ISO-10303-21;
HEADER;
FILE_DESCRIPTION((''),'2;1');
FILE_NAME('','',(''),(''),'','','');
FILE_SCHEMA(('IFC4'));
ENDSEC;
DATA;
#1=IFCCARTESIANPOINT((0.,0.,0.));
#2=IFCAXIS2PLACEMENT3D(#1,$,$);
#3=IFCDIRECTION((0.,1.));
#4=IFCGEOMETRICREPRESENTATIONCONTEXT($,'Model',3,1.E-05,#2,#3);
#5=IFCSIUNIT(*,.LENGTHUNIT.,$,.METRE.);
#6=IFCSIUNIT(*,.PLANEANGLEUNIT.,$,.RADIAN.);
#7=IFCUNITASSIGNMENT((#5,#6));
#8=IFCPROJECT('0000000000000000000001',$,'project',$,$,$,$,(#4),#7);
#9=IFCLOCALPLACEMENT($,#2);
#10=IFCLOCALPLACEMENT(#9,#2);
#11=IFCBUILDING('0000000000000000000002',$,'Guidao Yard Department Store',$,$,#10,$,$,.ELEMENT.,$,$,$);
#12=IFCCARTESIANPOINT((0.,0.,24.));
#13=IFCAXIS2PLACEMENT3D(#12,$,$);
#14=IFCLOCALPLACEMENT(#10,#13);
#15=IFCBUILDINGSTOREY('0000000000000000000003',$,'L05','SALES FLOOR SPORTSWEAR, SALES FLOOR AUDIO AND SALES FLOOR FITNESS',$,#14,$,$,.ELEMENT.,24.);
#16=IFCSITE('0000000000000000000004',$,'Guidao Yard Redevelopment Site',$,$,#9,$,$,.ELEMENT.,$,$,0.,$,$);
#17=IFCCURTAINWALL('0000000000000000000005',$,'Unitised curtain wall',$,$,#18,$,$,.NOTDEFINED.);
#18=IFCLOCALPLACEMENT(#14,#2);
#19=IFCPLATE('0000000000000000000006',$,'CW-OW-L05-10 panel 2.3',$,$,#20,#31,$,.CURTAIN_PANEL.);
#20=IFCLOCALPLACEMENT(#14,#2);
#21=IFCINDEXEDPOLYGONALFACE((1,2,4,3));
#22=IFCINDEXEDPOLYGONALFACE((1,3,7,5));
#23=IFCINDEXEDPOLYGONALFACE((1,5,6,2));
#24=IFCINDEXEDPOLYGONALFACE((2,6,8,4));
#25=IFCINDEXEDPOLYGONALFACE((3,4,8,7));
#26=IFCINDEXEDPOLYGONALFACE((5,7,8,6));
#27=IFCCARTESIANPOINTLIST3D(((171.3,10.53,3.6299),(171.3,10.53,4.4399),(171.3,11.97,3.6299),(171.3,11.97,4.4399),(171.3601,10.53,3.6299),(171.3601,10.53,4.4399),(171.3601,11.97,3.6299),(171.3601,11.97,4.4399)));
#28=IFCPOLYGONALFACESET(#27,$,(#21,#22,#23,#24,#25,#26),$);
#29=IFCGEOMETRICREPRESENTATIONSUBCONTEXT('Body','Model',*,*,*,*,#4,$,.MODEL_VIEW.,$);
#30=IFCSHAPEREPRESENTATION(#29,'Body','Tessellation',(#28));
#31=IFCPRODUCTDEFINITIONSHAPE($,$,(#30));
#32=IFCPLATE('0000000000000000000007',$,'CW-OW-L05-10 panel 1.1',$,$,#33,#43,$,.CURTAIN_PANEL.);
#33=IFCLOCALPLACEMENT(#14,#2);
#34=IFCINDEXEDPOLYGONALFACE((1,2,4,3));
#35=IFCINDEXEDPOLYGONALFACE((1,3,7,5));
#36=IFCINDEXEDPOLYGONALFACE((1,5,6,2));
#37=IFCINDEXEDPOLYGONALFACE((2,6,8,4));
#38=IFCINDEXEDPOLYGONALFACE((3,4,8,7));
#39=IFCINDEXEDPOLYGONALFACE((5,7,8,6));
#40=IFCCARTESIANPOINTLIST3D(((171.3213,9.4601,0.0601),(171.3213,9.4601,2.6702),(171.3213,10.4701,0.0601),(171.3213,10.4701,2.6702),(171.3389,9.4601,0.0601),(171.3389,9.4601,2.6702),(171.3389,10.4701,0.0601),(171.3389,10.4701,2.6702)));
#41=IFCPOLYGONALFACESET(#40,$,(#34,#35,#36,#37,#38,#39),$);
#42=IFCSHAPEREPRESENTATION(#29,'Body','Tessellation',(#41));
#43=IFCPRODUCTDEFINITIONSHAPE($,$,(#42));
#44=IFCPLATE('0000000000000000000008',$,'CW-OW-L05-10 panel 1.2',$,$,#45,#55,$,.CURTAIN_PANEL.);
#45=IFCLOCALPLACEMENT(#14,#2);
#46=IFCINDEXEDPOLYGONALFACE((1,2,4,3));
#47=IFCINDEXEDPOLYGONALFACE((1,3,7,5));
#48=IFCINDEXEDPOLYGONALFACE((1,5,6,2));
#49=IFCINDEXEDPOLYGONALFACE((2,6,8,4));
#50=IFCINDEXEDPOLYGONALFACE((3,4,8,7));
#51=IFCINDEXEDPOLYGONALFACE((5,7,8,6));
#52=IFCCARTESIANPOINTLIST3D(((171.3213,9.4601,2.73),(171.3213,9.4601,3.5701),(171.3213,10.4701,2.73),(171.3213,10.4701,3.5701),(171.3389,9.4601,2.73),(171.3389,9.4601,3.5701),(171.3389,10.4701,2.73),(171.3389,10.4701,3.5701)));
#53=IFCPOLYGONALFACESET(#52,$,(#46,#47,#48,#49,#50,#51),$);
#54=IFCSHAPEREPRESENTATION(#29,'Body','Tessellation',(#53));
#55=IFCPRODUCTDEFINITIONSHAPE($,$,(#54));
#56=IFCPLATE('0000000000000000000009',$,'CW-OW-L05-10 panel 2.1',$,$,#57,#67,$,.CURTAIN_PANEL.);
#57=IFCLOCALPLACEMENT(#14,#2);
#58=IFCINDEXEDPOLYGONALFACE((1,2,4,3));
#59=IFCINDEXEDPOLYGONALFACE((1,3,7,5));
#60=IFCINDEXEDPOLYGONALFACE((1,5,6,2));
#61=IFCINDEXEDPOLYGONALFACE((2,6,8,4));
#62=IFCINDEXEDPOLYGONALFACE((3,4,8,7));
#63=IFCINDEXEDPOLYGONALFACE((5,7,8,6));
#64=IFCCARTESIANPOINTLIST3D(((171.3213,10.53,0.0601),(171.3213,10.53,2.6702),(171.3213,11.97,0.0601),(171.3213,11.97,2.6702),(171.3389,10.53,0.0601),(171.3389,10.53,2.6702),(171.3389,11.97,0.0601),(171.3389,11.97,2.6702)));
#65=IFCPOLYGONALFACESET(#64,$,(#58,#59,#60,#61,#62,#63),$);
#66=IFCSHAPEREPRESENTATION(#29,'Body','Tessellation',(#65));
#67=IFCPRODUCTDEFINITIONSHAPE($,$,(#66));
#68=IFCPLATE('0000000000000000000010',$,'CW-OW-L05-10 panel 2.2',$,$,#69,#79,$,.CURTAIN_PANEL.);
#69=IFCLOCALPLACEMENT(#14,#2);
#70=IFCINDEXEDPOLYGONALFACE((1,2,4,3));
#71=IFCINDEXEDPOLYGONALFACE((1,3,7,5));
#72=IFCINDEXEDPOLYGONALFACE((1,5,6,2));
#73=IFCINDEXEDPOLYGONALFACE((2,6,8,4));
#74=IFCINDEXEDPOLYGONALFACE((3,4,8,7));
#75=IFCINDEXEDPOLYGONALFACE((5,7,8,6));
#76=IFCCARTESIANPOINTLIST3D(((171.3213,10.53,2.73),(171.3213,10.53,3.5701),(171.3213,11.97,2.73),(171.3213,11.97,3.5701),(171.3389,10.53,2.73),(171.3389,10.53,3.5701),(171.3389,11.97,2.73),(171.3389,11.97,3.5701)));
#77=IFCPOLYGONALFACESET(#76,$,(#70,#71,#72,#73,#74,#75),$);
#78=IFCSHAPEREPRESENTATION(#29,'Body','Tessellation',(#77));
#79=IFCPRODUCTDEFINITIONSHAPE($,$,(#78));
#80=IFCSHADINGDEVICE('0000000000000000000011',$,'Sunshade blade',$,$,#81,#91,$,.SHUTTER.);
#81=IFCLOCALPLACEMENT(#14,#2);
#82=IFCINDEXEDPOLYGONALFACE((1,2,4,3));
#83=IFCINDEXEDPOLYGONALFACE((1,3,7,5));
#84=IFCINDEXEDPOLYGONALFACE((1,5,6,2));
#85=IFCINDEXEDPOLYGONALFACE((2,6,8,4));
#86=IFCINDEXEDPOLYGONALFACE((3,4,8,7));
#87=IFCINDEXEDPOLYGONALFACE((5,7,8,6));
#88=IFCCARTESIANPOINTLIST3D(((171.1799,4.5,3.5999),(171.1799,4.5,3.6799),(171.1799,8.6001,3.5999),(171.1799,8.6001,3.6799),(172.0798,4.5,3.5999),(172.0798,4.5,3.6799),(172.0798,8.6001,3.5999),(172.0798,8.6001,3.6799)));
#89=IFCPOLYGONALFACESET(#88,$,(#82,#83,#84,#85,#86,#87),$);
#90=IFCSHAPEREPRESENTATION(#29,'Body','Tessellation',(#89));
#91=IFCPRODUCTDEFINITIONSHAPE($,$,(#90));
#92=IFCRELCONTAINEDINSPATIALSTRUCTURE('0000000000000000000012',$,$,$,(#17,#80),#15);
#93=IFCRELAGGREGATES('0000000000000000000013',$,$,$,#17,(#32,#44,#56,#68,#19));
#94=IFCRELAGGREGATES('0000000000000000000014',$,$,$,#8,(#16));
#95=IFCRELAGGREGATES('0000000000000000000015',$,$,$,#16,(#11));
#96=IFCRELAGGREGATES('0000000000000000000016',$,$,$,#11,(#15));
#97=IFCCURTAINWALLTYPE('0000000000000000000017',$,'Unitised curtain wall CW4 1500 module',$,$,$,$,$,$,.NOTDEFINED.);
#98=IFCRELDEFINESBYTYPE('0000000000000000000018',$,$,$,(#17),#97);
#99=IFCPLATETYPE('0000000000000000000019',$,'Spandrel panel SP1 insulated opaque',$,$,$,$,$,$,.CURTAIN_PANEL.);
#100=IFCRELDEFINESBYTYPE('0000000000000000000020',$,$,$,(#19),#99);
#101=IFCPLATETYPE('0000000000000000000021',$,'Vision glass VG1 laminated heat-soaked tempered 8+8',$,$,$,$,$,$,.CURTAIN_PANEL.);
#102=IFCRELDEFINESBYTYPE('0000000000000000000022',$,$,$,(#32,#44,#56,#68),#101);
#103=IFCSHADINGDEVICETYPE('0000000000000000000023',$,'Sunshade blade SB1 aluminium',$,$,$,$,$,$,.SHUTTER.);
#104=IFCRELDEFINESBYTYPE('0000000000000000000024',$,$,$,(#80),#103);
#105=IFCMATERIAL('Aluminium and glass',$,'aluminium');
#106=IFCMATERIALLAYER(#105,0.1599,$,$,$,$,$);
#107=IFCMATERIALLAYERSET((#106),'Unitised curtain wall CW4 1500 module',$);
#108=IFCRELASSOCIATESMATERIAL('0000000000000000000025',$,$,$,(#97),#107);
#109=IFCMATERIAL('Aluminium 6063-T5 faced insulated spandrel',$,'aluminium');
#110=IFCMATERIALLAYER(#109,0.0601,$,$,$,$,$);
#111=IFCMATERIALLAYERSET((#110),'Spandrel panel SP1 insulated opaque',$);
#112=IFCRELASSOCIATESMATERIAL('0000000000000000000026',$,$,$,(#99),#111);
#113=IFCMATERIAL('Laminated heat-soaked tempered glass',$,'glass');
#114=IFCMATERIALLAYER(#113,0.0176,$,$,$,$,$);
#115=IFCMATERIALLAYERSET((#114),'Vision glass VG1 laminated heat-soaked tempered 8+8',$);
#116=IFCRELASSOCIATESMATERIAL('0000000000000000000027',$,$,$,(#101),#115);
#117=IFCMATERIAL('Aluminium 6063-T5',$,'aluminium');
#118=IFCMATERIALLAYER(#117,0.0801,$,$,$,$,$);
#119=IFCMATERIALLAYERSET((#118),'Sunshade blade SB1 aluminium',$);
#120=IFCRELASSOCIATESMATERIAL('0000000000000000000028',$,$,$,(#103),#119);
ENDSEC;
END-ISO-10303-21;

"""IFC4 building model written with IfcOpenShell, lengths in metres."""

from ifc_helpers import new_model, si_unit, direction, frame, origin, origin_2d, place, context, subcontext, project, spatial, rectangle, extrude, material, layer, layer_set, type_object, element, aggregate, save


model = new_model("IFC4")

# Units and contexts
model_context = context("Model", 3, precision=1e-05, world=origin(), true_north=direction((0.0, 1.0)))
body_context = subcontext(model_context, "Body", "Model", "MODEL_VIEW")
ifc_project = project(units=[si_unit("LENGTHUNIT", "METRE"), si_unit("PLANEANGLEUNIT", "RADIAN")], contexts=[model_context])

# Site, building, storey
site_placement = place(None, origin())
site = spatial("IfcSite", under=ifc_project, at=site_placement, Name="Guidao Yard Redevelopment Site", CompositionType="ELEMENT", RefElevation=0.0)
building_placement = place(site_placement, origin())
building = spatial("IfcBuilding", under=site, at=building_placement, Name="Guidao Yard Department Store", CompositionType="ELEMENT")
storey_placement = place(building_placement, frame((0.0, 0.0, 24.0)))
storey = spatial("IfcBuildingStorey", under=building, at=storey_placement, Name="L05", Description="SALES FLOOR SPORTSWEAR, SALES FLOOR AUDIO AND SALES FLOOR FITNESS", CompositionType="ELEMENT", Elevation=24.0)

# Shared definitions
ifc_material_1 = material(Name="Aluminium and glass", Category="aluminium")
ifc_layer_1 = layer(ifc_material_1, 0.1599)
ifc_layer_set_1 = layer_set([ifc_layer_1], Name="Unitised curtain wall CW4 1500 module")
curtain_wall_type = type_object("IfcCurtainWallType", Name="Unitised curtain wall CW4 1500 module", PredefinedType="NOTDEFINED", material=ifc_layer_set_1)

# Curtain wall
curtain_wall_1_placement = place(storey_placement, origin())
curtain_wall_1 = element("IfcCurtainWall", 1, at=curtain_wall_1_placement, inside=storey, type_object=curtain_wall_type, Name="Unitised curtain wall", PredefinedType="NOTDEFINED")

# Plates
ifc_material_2 = material(Name="Aluminium 6063-T5 faced insulated spandrel", Category="aluminium")
ifc_layer_2 = layer(ifc_material_2, 0.0601)
ifc_layer_set_2 = layer_set([ifc_layer_2], Name="Spandrel panel SP1 insulated opaque")
plate_type_1 = type_object("IfcPlateType", Name="Spandrel panel SP1 insulated opaque", PredefinedType="CURTAIN_PANEL", material=ifc_layer_set_2)
plate_1_placement = place(storey_placement, frame((171.3301, 11.25, 3.6299), z_axis=(0.0, 0.0, 1.0), x_axis=(0.0, -1.0, 0.0)))
plate_1 = element("IfcPlate", 2, at=plate_1_placement, type_object=plate_type_1, Name="CW-OW-L05-10 panel 2.3", PredefinedType="CURTAIN_PANEL", context=body_context, shape_type="SweptSolid", body=[
    extrude(rectangle(XDim=1.4399, YDim=0.0601, at=origin_2d()), origin(), (0.0, 0.0, 1.0), 0.8101),
])
ifc_material_3 = material(Name="Laminated heat-soaked tempered glass", Category="glass")
ifc_layer_3 = layer(ifc_material_3, 0.0176)
ifc_layer_set_3 = layer_set([ifc_layer_3], Name="Vision glass VG1 laminated heat-soaked tempered 8+8")
plate_type_2 = type_object("IfcPlateType", Name="Vision glass VG1 laminated heat-soaked tempered 8+8", PredefinedType="CURTAIN_PANEL", material=ifc_layer_set_3)
plate_2_placement = place(storey_placement, frame((171.3301, 9.9651, 0.0601), z_axis=(0.0, 0.0, 1.0), x_axis=(0.0, -1.0, 0.0)))
plate_2 = element("IfcPlate", 3, at=plate_2_placement, type_object=plate_type_2, Name="CW-OW-L05-10 panel 1.1", PredefinedType="CURTAIN_PANEL", context=body_context, shape_type="SweptSolid", body=[
    extrude(rectangle(XDim=1.01, YDim=0.0176, at=origin_2d()), origin(), (0.0, 0.0, 1.0), 2.6101),
])
plate_3_placement = place(storey_placement, frame((171.3301, 9.9651, 2.73), z_axis=(0.0, 0.0, 1.0), x_axis=(0.0, -1.0, 0.0)))
plate_3 = element("IfcPlate", 4, at=plate_3_placement, type_object=plate_type_2, Name="CW-OW-L05-10 panel 1.2", PredefinedType="CURTAIN_PANEL", context=body_context, shape_type="SweptSolid", body=[
    extrude(rectangle(XDim=1.01, YDim=0.0176, at=origin_2d()), origin(), (0.0, 0.0, 1.0), 0.8401),
])
plate_4_placement = place(storey_placement, frame((171.3301, 11.25, 0.0601), z_axis=(0.0, 0.0, 1.0), x_axis=(0.0, -1.0, 0.0)))
plate_4 = element("IfcPlate", 5, at=plate_4_placement, type_object=plate_type_2, Name="CW-OW-L05-10 panel 2.1", PredefinedType="CURTAIN_PANEL", context=body_context, shape_type="SweptSolid", body=[
    extrude(rectangle(XDim=1.4399, YDim=0.0176, at=origin_2d()), origin(), (0.0, 0.0, 1.0), 2.6101),
])
plate_5_placement = place(storey_placement, frame((171.3301, 11.25, 2.73), z_axis=(0.0, 0.0, 1.0), x_axis=(0.0, -1.0, 0.0)))
plate_5 = element("IfcPlate", 6, at=plate_5_placement, type_object=plate_type_2, Name="CW-OW-L05-10 panel 2.2", PredefinedType="CURTAIN_PANEL", context=body_context, shape_type="SweptSolid", body=[
    extrude(rectangle(XDim=1.4399, YDim=0.0176, at=origin_2d()), origin(), (0.0, 0.0, 1.0), 0.8401),
])
aggregate(curtain_wall_1, [plate_2, plate_3, plate_4, plate_5, plate_1])

# Shading device
ifc_material_4 = material(Name="Aluminium 6063-T5", Category="aluminium")
ifc_layer_4 = layer(ifc_material_4, 0.0801)
ifc_layer_set_4 = layer_set([ifc_layer_4], Name="Sunshade blade SB1 aluminium")
shading_device_type = type_object("IfcShadingDeviceType", Name="Sunshade blade SB1 aluminium", PredefinedType="SHUTTER", material=ifc_layer_set_4)
shading_device_placement = place(storey_placement, frame((171.6299, 6.55, 3.5999), z_axis=(0.0, 0.0, 1.0), x_axis=(0.0, -1.0, 0.0)))
element("IfcShadingDevice", 7, at=shading_device_placement, inside=storey, type_object=shading_device_type, Name="Sunshade blade", PredefinedType="SHUTTER", context=body_context, shape_type="SweptSolid", body=[
    extrude(rectangle(XDim=4.1001, YDim=0.8999, at=origin_2d()), origin(), (0.0, 0.0, 1.0), 0.0801),
])

save(model, "model.ifc")
